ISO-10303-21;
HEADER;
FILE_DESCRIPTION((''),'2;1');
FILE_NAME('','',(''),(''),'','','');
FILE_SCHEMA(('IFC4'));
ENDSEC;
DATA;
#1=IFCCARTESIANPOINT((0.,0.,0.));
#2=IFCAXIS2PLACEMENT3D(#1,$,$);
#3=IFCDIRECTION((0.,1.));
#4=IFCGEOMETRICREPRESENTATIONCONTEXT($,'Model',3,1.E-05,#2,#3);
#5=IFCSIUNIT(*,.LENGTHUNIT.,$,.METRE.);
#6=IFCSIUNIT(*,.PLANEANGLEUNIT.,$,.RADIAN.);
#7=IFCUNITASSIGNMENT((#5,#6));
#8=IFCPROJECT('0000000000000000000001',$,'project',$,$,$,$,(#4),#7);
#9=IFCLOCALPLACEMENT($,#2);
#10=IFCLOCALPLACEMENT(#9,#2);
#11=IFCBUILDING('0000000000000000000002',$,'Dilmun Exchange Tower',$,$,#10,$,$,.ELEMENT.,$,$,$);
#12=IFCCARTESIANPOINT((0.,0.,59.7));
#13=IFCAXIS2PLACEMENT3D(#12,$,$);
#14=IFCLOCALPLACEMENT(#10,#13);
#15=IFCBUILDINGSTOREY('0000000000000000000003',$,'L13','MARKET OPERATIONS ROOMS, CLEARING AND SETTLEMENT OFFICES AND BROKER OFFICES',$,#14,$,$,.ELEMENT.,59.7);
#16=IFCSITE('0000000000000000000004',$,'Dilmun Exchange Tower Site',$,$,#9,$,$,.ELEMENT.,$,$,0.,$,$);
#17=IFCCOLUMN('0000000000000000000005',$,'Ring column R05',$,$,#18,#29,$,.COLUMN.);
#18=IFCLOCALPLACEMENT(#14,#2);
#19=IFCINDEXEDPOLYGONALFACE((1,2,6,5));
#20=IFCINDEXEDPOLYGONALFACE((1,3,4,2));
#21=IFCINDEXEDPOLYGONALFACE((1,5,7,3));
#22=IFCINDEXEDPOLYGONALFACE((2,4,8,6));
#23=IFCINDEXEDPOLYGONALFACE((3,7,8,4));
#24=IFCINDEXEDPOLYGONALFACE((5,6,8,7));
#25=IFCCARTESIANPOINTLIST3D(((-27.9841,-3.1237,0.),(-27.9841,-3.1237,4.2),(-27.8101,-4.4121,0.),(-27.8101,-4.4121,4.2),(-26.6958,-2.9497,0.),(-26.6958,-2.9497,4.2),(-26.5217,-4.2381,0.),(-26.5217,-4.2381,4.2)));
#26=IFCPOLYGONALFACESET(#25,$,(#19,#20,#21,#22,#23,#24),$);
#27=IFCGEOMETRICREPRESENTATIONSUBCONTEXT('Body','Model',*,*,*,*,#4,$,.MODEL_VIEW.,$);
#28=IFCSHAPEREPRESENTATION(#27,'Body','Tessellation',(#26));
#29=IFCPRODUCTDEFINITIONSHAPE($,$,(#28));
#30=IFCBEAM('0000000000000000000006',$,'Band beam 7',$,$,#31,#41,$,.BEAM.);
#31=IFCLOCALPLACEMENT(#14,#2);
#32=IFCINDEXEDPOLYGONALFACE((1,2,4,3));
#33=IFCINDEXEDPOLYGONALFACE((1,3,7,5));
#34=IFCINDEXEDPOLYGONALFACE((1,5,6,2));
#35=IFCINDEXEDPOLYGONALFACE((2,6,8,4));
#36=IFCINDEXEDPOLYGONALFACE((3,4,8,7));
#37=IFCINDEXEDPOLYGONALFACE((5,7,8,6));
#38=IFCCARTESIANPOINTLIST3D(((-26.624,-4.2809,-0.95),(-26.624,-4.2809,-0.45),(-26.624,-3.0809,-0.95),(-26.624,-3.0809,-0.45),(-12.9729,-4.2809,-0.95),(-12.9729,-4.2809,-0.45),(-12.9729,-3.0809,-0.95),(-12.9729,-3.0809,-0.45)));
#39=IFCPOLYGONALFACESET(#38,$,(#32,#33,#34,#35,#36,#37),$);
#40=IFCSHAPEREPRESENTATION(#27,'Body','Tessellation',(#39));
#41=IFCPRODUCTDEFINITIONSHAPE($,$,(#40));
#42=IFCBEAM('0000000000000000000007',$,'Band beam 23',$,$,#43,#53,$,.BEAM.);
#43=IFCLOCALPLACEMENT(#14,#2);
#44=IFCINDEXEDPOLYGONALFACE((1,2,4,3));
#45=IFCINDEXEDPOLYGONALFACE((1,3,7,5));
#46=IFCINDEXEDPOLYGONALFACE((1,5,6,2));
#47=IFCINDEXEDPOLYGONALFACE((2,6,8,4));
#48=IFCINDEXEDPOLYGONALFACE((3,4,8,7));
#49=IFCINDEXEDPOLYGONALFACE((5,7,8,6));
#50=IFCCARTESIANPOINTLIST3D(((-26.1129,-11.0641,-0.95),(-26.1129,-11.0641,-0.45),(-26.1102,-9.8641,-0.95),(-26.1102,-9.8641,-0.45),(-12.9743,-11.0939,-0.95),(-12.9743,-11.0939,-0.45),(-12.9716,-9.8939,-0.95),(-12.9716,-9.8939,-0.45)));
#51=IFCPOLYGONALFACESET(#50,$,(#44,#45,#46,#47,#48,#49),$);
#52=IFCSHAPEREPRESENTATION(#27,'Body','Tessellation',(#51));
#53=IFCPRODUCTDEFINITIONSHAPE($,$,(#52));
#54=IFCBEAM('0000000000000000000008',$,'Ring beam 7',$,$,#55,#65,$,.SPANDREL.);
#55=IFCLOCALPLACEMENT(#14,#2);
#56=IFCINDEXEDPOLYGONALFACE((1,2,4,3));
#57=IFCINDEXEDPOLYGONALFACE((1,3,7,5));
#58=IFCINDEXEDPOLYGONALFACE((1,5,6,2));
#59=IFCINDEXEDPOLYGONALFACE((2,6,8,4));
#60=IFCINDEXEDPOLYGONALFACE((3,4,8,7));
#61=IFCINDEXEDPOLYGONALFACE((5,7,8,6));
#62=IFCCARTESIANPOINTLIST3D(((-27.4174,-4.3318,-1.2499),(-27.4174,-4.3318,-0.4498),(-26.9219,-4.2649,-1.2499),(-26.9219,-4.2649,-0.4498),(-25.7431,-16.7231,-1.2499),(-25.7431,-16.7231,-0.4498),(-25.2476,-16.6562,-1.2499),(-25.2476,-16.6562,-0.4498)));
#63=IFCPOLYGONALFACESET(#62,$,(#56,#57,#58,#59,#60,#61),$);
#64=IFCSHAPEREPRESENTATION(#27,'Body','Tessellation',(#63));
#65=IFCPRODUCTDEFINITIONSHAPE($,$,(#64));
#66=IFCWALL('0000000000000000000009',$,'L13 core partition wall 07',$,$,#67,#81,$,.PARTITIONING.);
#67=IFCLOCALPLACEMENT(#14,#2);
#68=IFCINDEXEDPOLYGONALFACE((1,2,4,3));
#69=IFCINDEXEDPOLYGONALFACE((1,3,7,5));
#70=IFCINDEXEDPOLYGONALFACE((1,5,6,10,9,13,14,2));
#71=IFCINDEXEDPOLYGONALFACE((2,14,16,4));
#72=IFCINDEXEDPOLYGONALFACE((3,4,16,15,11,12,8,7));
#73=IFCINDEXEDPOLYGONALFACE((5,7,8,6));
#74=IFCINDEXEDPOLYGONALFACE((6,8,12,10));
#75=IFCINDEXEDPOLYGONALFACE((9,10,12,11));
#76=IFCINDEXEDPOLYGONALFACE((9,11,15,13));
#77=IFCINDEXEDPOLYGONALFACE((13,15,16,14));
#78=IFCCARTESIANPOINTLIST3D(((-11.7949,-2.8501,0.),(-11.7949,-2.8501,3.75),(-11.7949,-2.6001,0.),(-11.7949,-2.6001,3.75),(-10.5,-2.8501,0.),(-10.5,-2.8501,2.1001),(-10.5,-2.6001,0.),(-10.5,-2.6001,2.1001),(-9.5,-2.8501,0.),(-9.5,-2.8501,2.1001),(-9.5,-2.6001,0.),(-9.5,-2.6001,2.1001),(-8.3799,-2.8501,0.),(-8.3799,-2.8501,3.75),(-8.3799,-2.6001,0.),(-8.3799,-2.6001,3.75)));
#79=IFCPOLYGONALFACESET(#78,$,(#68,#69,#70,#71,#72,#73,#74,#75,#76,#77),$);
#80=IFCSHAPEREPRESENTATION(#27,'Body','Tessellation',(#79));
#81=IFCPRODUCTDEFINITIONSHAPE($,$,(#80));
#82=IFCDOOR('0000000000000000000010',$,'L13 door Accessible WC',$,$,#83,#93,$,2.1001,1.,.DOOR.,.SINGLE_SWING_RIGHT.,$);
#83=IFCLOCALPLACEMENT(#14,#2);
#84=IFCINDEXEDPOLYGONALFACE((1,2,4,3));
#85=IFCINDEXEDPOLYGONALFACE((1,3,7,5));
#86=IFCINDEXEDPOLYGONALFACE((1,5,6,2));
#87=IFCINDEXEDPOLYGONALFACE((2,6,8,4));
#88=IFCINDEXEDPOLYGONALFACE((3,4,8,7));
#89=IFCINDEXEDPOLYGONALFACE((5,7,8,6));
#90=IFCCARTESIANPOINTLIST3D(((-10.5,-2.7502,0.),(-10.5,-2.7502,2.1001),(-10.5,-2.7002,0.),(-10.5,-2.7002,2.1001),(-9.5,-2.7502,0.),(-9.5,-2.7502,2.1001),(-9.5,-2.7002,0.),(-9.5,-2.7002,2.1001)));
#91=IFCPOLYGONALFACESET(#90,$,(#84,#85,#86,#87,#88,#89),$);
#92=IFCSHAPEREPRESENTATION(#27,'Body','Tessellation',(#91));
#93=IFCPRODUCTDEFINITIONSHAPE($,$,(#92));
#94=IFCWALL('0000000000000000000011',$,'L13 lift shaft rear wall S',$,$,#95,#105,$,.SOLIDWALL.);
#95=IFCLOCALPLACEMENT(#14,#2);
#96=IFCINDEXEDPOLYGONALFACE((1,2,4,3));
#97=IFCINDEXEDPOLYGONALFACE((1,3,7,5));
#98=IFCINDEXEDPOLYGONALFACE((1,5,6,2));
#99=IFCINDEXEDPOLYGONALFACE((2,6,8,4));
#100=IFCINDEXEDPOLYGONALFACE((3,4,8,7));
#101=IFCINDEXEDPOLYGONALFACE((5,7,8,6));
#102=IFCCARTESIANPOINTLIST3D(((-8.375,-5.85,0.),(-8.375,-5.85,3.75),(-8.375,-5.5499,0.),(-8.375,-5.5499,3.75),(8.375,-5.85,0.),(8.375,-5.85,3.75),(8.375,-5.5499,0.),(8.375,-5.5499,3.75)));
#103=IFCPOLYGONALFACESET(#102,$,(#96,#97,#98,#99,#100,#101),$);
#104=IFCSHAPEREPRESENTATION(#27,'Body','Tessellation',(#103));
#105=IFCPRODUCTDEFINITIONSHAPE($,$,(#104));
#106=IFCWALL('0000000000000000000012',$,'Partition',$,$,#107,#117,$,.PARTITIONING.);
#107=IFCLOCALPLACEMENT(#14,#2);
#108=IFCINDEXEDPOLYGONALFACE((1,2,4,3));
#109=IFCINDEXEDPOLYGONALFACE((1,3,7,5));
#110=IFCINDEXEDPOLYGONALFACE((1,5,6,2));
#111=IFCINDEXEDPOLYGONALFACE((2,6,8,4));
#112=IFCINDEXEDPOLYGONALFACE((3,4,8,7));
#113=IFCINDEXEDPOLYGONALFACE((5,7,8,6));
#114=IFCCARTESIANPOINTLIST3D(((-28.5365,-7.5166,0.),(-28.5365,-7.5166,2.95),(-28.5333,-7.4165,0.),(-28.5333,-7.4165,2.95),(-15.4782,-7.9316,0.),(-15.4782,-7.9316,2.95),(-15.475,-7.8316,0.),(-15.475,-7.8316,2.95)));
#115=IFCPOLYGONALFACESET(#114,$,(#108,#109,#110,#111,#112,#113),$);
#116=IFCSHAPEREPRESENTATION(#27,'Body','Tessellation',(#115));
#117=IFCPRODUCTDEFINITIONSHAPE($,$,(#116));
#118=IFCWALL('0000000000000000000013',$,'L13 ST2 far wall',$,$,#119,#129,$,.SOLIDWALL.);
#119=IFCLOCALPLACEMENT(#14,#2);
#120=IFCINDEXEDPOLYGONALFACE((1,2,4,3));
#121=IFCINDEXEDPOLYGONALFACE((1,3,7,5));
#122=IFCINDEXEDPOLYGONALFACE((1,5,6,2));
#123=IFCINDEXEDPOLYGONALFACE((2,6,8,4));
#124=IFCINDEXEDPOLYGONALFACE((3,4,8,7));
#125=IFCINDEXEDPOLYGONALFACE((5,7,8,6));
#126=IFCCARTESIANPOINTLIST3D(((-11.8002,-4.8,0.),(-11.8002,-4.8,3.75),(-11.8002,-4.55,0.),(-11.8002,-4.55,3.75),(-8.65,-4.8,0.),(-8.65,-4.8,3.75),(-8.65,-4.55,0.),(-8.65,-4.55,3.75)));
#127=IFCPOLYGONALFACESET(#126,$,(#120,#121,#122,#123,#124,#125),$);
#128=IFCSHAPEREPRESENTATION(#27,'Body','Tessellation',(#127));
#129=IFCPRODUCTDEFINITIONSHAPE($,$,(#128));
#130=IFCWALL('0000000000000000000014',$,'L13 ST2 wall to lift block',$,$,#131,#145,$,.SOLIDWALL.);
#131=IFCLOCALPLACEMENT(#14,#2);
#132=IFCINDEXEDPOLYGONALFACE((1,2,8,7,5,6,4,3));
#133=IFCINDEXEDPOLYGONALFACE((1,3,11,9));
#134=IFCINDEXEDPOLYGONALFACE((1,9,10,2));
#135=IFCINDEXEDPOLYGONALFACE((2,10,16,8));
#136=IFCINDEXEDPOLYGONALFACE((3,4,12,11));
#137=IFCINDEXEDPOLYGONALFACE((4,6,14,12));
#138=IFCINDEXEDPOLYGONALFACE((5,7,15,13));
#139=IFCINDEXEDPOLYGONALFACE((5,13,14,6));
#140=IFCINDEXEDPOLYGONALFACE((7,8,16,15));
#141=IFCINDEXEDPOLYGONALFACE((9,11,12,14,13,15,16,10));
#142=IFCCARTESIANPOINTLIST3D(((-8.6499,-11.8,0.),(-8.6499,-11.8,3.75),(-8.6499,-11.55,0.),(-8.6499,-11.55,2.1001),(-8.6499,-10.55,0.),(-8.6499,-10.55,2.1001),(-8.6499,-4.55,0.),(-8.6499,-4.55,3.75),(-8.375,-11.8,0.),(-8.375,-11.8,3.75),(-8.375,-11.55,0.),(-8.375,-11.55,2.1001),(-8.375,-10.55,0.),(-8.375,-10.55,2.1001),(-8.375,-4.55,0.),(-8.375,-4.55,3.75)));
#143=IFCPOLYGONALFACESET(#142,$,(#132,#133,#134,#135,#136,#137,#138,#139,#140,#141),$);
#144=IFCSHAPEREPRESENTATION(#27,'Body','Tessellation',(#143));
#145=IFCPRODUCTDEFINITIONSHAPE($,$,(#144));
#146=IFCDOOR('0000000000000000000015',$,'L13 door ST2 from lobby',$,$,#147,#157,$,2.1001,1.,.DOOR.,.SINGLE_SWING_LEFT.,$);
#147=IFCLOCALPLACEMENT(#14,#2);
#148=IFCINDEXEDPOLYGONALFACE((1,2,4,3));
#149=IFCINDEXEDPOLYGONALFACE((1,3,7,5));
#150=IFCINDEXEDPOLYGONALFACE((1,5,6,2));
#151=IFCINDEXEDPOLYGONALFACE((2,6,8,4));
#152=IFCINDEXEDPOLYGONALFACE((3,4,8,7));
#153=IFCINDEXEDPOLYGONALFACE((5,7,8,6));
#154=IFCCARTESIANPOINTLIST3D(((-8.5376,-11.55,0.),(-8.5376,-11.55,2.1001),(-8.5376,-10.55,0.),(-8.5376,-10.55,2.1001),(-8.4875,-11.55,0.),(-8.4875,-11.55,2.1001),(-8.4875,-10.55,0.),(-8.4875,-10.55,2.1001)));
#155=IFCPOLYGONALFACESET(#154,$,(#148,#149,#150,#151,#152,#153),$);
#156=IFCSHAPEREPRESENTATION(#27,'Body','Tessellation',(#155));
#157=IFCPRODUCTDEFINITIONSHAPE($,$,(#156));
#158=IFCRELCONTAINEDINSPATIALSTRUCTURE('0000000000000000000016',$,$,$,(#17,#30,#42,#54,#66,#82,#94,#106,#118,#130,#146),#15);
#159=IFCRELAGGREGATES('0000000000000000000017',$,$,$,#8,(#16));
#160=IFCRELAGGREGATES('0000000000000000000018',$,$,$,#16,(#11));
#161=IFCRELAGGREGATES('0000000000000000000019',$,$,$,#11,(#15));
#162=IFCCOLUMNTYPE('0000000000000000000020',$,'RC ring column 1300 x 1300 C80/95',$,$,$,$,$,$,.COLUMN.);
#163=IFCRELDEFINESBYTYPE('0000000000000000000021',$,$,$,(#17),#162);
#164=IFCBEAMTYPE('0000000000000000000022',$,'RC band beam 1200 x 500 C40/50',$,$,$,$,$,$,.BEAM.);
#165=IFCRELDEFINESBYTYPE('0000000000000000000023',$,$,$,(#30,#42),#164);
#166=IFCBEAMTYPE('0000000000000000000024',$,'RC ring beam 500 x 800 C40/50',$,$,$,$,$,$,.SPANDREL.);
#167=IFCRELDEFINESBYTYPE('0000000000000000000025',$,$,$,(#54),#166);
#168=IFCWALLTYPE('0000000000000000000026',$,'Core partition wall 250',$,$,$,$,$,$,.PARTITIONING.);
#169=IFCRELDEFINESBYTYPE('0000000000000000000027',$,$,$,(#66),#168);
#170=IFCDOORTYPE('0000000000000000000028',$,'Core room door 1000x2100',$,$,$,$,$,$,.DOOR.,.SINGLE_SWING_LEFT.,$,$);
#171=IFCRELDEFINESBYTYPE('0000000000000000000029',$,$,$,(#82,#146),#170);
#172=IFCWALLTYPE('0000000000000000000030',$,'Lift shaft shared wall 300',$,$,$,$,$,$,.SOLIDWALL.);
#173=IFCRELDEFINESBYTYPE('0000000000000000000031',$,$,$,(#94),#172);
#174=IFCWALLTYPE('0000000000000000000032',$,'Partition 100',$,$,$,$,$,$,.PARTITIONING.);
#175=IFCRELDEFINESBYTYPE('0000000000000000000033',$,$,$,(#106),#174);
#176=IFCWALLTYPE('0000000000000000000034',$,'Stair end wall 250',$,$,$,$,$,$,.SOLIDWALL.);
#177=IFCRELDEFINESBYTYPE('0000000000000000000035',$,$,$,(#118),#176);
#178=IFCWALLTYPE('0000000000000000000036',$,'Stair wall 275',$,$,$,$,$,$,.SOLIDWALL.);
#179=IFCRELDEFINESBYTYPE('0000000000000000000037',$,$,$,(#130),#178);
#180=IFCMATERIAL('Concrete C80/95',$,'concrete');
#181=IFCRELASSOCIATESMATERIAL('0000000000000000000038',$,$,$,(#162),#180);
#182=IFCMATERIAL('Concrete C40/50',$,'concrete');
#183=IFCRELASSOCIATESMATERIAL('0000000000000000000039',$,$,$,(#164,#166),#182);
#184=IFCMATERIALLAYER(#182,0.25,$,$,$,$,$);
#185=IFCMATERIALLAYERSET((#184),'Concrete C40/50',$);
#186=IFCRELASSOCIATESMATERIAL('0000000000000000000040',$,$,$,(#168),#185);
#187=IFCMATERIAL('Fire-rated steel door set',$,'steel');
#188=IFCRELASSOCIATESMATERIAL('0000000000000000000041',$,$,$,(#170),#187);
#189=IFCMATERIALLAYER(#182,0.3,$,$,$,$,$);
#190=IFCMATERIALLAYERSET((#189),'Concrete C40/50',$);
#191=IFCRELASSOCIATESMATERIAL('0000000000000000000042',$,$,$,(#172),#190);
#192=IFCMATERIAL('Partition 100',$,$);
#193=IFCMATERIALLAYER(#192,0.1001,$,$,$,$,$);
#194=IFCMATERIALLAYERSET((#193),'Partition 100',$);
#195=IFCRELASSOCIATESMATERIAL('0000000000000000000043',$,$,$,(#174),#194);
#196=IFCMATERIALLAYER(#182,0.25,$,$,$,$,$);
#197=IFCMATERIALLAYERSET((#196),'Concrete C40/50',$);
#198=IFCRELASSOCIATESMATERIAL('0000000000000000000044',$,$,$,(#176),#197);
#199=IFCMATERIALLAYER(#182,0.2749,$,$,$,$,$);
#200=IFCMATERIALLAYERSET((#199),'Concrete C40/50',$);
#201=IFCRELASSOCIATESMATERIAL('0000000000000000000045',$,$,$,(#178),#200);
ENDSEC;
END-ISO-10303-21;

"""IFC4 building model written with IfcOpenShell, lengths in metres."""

from ifc_helpers import new_model, si_unit, direction, frame, frame_2d, origin, origin_2d, place, context, subcontext, project, spatial, rectangle, extrude, material, layer, layer_set, material_profile, profile_set, type_object, element, fill, save


model = new_model("IFC4")

# Units and contexts
model_context = context("Model", 3, precision=1e-05, world=origin(), true_north=direction((0.0, 1.0)))
body_context = subcontext(model_context, "Body", "Model", "MODEL_VIEW")
ifc_project = project(units=[si_unit("LENGTHUNIT", "METRE"), si_unit("PLANEANGLEUNIT", "RADIAN")], contexts=[model_context])

# Site, building, storey
site_placement = place(None, origin())
site = spatial("IfcSite", under=ifc_project, at=site_placement, Name="Dilmun Exchange Tower Site", CompositionType="ELEMENT", RefElevation=0.0)
building_placement = place(site_placement, origin())
building = spatial("IfcBuilding", under=site, at=building_placement, Name="Dilmun Exchange Tower", CompositionType="ELEMENT")
storey_placement = place(building_placement, frame((0.0, 0.0, 59.7)))
storey = spatial("IfcBuildingStorey", under=building, at=storey_placement, Name="L13", Description="MARKET OPERATIONS ROOMS, CLEARING AND SETTLEMENT OFFICES AND BROKER OFFICES", CompositionType="ELEMENT", Elevation=59.7)

# Column
ifc_material_1 = material(Name="Concrete C80/95", Category="concrete")
ifc_material_profile_1 = material_profile(ifc_material_1, rectangle(XDim=1.3, YDim=1.3, at=origin_2d()), Name="1300 x 1300")
ifc_profile_set_1 = profile_set([ifc_material_profile_1], Name="Concrete C80/95")
column_type = type_object("IfcColumnType", Name="RC ring column 1300 x 1300 C80/95", PredefinedType="COLUMN", material=ifc_profile_set_1)
column_placement = place(storey_placement, frame((-27.2529, -3.6809, 0.0), z_axis=(0.0, 0.0, 1.0), x_axis=(0.991001, 0.133853, 0.0)))
element("IfcColumn", 1, at=column_placement, inside=storey, type_object=column_type, Name="Ring column R05", PredefinedType="COLUMN", context=body_context, shape_type="SweptSolid", body=[
    extrude(rectangle(XDim=1.3, YDim=1.3, at=origin_2d()), origin(), (0.0, 0.0, 1.0), 4.2),
])

# Beams
ifc_material_2 = material(Name="Concrete C40/50", Category="concrete")
ifc_material_profile_2 = material_profile(ifc_material_2, rectangle(XDim=1.2, YDim=0.5, at=origin_2d()), Name="1200 x 500")
ifc_profile_set_2 = profile_set([ifc_material_profile_2], Name="Concrete C40/50")
beam_type_1 = type_object("IfcBeamType", Name="RC band beam 1200 x 500 C40/50", PredefinedType="BEAM", material=ifc_profile_set_2)
beam_1_placement = place(storey_placement, frame((-26.624, -3.6809, -0.7), z_axis=(1.0, 0.0, 0.0), x_axis=(0.0, 1.0, 0.0)))
element("IfcBeam", 2, at=beam_1_placement, inside=storey, type_object=beam_type_1, Name="Band beam 7", PredefinedType="BEAM", context=body_context, shape_type="SweptSolid", body=[
    extrude(rectangle(XDim=1.2, YDim=0.5, at=origin_2d()), origin(), (0.0, 0.0, 1.0), 13.6511),
])
beam_2_placement = place(storey_placement, frame((-26.1116, -10.4641, -0.7), z_axis=(0.999997, -0.002267, 0.0), x_axis=(0.002267, 0.999997, 0.0)))
element("IfcBeam", 3, at=beam_2_placement, inside=storey, type_object=beam_type_1, Name="Band beam 23", PredefinedType="BEAM", context=body_context, shape_type="SweptSolid", body=[
    extrude(rectangle(XDim=1.2, YDim=0.5, at=origin_2d()), origin(), (0.0, 0.0, 1.0), 13.1387),
])
ifc_material_profile_3 = material_profile(ifc_material_2, rectangle(XDim=0.5, YDim=0.8, at=origin_2d()), Name="500 x 800")
ifc_profile_set_3 = profile_set([ifc_material_profile_3], Name="Concrete C40/50")
beam_type_2 = type_object("IfcBeamType", Name="RC ring beam 500 x 800 C40/50", PredefinedType="SPANDREL", material=ifc_profile_set_3)
beam_3_placement = place(storey_placement, frame((-27.1697, -4.2983, -0.8499), z_axis=(0.133903, -0.990994, 0.0), x_axis=(0.990994, 0.133903, 0.0)))
element("IfcBeam", 4, at=beam_3_placement, inside=storey, type_object=beam_type_2, Name="Ring beam 7", PredefinedType="SPANDREL", context=body_context, shape_type="SweptSolid", body=[
    extrude(rectangle(XDim=0.5, YDim=0.8, at=origin_2d()), origin(), (0.0, 0.0, 1.0), 12.5039),
])

# Wall, opening, door
ifc_layer_1 = layer(ifc_material_2, 0.25)
ifc_layer_set_1 = layer_set([ifc_layer_1], Name="Concrete C40/50")
wall_type_1 = type_object("IfcWallType", Name="Core partition wall 250", PredefinedType="PARTITIONING", material=ifc_layer_set_1)
wall_1_placement = place(storey_placement, frame((-11.7949, -2.7251, 0.0), z_axis=(0.0, 0.0, 1.0), x_axis=(1.0, 0.0, 0.0)))
wall_1 = element("IfcWall", 5, at=wall_1_placement, inside=storey, type_object=wall_type_1, Name="L13 core partition wall 07", PredefinedType="PARTITIONING", context=body_context, shape_type="SweptSolid", body=[
    extrude(rectangle(XDim=3.415, YDim=0.25, at=frame_2d((1.7075, 0.0))), origin(), (0.0, 0.0, 1.0), 3.75),
])
opening_1_placement = place(wall_1_placement, frame((1.2949, 0.0, 0.0)))
opening_1 = element("IfcOpeningElement", 6, at=opening_1_placement, cuts=wall_1, PredefinedType="OPENING", context=body_context, shape_type="SweptSolid", body=[
    extrude(rectangle(XDim=1.0, YDim=2.1001, at=frame_2d((0.5, 1.05))), frame((0.0, 0.135, 0.0), z_axis=(0.0, -1.0, 0.0), x_axis=(1.0, 0.0, 0.0)), (0.0, 0.0, 1.0), 0.27),
])
ifc_material_3 = material(Name="Fire-rated steel door set", Category="steel")
door_type = type_object("IfcDoorType", Name="Core room door 1000x2100", OperationType="SINGLE_SWING_LEFT", PredefinedType="DOOR", material=ifc_material_3)
door_1_placement = place(opening_1_placement, origin())
door_1 = element("IfcDoor", 7, at=door_1_placement, inside=storey, type_object=door_type, Name="L13 door Accessible WC", OperationType="SINGLE_SWING_RIGHT", OverallHeight=2.1001, OverallWidth=1.0, PredefinedType="DOOR", context=body_context, shape_type="SweptSolid", body=[
    extrude(rectangle(XDim=1.0, YDim=2.1001, at=frame_2d((0.5, 1.05))), frame((0.0, 0.0249, 0.0), z_axis=(0.0, -1.0, 0.0), x_axis=(1.0, 0.0, 0.0)), (0.0, 0.0, 1.0), 0.05),
])
fill(opening_1, door_1)

# Walls
ifc_layer_2 = layer(ifc_material_2, 0.3)
ifc_layer_set_2 = layer_set([ifc_layer_2], Name="Concrete C40/50")
wall_type_2 = type_object("IfcWallType", Name="Lift shaft shared wall 300", PredefinedType="SOLIDWALL", material=ifc_layer_set_2)
wall_2_placement = place(storey_placement, frame((-8.375, -5.7, 0.0), z_axis=(0.0, 0.0, 1.0), x_axis=(1.0, 0.0, 0.0)))
element("IfcWall", 8, at=wall_2_placement, inside=storey, type_object=wall_type_2, Name="L13 lift shaft rear wall S", PredefinedType="SOLIDWALL", context=body_context, shape_type="SweptSolid", body=[
    extrude(rectangle(XDim=16.75, YDim=0.3, at=frame_2d((8.375, 0.0))), origin(), (0.0, 0.0, 1.0), 3.75),
])
ifc_material_4 = material(Name="Partition 100")
ifc_layer_3 = layer(ifc_material_4, 0.1001)
ifc_layer_set_3 = layer_set([ifc_layer_3], Name="Partition 100")
wall_type_3 = type_object("IfcWallType", Name="Partition 100", PredefinedType="PARTITIONING", material=ifc_layer_set_3)
wall_3_placement = place(storey_placement, frame((-28.5349, -7.4666, 0.0), z_axis=(0.0, 0.0, 1.0), x_axis=(0.999495, -0.031767, 0.0)))
element("IfcWall", 9, at=wall_3_placement, inside=storey, type_object=wall_type_3, Name="Partition", PredefinedType="PARTITIONING", context=body_context, shape_type="SweptSolid", body=[
    extrude(rectangle(XDim=13.0649, YDim=0.1001, at=frame_2d((6.5325, 0.0))), origin(), (0.0, 0.0, 1.0), 2.95),
])
ifc_layer_4 = layer(ifc_material_2, 0.25)
ifc_layer_set_4 = layer_set([ifc_layer_4], Name="Concrete C40/50")
wall_type_4 = type_object("IfcWallType", Name="Stair end wall 250", PredefinedType="SOLIDWALL", material=ifc_layer_set_4)
wall_4_placement = place(storey_placement, frame((-8.6499, -4.675, 0.0), z_axis=(0.0, 0.0, 1.0), x_axis=(-1.0, 0.0, 0.0)))
element("IfcWall", 10, at=wall_4_placement, inside=storey, type_object=wall_type_4, Name="L13 ST2 far wall", PredefinedType="SOLIDWALL", context=body_context, shape_type="SweptSolid", body=[
    extrude(rectangle(XDim=3.1501, YDim=0.25, at=frame_2d((1.5752, 0.0))), origin(), (0.0, 0.0, 1.0), 3.75),
])

# Wall, opening, door
ifc_layer_5 = layer(ifc_material_2, 0.2749)
ifc_layer_set_5 = layer_set([ifc_layer_5], Name="Concrete C40/50")
wall_type_5 = type_object("IfcWallType", Name="Stair wall 275", PredefinedType="SOLIDWALL", material=ifc_layer_set_5)
wall_5_placement = place(storey_placement, frame((-8.5125, -4.55, 0.0), z_axis=(0.0, 0.0, 1.0), x_axis=(0.0, -1.0, 0.0)))
wall_5 = element("IfcWall", 11, at=wall_5_placement, inside=storey, type_object=wall_type_5, Name="L13 ST2 wall to lift block", PredefinedType="SOLIDWALL", context=body_context, shape_type="SweptSolid", body=[
    extrude(rectangle(XDim=7.25, YDim=0.2749, at=frame_2d((3.625, 0.0))), origin(), (0.0, 0.0, 1.0), 3.75),
])
opening_2_placement = place(wall_5_placement, frame((6.0, 0.0, 0.0)))
opening_2 = element("IfcOpeningElement", 12, at=opening_2_placement, cuts=wall_5, PredefinedType="OPENING", context=body_context, shape_type="SweptSolid", body=[
    extrude(rectangle(XDim=1.0, YDim=2.1001, at=frame_2d((0.5, 1.05))), frame((0.0, 0.1475, 0.0), z_axis=(0.0, -1.0, 0.0), x_axis=(1.0, 0.0, 0.0)), (0.0, 0.0, 1.0), 0.2949),
])
door_2_placement = place(opening_2_placement, origin())
door_2 = element("IfcDoor", 13, at=door_2_placement, inside=storey, type_object=door_type, Name="L13 door ST2 from lobby", OperationType="SINGLE_SWING_LEFT", OverallHeight=2.1001, OverallWidth=1.0, PredefinedType="DOOR", context=body_context, shape_type="SweptSolid", body=[
    extrude(rectangle(XDim=1.0, YDim=2.1001, at=frame_2d((0.5, 1.05))), frame((0.0, 0.0249, 0.0), z_axis=(0.0, -1.0, 0.0), x_axis=(1.0, 0.0, 0.0)), (0.0, 0.0, 1.0), 0.05),
])
fill(opening_2, door_2)

save(model, "model.ifc")
